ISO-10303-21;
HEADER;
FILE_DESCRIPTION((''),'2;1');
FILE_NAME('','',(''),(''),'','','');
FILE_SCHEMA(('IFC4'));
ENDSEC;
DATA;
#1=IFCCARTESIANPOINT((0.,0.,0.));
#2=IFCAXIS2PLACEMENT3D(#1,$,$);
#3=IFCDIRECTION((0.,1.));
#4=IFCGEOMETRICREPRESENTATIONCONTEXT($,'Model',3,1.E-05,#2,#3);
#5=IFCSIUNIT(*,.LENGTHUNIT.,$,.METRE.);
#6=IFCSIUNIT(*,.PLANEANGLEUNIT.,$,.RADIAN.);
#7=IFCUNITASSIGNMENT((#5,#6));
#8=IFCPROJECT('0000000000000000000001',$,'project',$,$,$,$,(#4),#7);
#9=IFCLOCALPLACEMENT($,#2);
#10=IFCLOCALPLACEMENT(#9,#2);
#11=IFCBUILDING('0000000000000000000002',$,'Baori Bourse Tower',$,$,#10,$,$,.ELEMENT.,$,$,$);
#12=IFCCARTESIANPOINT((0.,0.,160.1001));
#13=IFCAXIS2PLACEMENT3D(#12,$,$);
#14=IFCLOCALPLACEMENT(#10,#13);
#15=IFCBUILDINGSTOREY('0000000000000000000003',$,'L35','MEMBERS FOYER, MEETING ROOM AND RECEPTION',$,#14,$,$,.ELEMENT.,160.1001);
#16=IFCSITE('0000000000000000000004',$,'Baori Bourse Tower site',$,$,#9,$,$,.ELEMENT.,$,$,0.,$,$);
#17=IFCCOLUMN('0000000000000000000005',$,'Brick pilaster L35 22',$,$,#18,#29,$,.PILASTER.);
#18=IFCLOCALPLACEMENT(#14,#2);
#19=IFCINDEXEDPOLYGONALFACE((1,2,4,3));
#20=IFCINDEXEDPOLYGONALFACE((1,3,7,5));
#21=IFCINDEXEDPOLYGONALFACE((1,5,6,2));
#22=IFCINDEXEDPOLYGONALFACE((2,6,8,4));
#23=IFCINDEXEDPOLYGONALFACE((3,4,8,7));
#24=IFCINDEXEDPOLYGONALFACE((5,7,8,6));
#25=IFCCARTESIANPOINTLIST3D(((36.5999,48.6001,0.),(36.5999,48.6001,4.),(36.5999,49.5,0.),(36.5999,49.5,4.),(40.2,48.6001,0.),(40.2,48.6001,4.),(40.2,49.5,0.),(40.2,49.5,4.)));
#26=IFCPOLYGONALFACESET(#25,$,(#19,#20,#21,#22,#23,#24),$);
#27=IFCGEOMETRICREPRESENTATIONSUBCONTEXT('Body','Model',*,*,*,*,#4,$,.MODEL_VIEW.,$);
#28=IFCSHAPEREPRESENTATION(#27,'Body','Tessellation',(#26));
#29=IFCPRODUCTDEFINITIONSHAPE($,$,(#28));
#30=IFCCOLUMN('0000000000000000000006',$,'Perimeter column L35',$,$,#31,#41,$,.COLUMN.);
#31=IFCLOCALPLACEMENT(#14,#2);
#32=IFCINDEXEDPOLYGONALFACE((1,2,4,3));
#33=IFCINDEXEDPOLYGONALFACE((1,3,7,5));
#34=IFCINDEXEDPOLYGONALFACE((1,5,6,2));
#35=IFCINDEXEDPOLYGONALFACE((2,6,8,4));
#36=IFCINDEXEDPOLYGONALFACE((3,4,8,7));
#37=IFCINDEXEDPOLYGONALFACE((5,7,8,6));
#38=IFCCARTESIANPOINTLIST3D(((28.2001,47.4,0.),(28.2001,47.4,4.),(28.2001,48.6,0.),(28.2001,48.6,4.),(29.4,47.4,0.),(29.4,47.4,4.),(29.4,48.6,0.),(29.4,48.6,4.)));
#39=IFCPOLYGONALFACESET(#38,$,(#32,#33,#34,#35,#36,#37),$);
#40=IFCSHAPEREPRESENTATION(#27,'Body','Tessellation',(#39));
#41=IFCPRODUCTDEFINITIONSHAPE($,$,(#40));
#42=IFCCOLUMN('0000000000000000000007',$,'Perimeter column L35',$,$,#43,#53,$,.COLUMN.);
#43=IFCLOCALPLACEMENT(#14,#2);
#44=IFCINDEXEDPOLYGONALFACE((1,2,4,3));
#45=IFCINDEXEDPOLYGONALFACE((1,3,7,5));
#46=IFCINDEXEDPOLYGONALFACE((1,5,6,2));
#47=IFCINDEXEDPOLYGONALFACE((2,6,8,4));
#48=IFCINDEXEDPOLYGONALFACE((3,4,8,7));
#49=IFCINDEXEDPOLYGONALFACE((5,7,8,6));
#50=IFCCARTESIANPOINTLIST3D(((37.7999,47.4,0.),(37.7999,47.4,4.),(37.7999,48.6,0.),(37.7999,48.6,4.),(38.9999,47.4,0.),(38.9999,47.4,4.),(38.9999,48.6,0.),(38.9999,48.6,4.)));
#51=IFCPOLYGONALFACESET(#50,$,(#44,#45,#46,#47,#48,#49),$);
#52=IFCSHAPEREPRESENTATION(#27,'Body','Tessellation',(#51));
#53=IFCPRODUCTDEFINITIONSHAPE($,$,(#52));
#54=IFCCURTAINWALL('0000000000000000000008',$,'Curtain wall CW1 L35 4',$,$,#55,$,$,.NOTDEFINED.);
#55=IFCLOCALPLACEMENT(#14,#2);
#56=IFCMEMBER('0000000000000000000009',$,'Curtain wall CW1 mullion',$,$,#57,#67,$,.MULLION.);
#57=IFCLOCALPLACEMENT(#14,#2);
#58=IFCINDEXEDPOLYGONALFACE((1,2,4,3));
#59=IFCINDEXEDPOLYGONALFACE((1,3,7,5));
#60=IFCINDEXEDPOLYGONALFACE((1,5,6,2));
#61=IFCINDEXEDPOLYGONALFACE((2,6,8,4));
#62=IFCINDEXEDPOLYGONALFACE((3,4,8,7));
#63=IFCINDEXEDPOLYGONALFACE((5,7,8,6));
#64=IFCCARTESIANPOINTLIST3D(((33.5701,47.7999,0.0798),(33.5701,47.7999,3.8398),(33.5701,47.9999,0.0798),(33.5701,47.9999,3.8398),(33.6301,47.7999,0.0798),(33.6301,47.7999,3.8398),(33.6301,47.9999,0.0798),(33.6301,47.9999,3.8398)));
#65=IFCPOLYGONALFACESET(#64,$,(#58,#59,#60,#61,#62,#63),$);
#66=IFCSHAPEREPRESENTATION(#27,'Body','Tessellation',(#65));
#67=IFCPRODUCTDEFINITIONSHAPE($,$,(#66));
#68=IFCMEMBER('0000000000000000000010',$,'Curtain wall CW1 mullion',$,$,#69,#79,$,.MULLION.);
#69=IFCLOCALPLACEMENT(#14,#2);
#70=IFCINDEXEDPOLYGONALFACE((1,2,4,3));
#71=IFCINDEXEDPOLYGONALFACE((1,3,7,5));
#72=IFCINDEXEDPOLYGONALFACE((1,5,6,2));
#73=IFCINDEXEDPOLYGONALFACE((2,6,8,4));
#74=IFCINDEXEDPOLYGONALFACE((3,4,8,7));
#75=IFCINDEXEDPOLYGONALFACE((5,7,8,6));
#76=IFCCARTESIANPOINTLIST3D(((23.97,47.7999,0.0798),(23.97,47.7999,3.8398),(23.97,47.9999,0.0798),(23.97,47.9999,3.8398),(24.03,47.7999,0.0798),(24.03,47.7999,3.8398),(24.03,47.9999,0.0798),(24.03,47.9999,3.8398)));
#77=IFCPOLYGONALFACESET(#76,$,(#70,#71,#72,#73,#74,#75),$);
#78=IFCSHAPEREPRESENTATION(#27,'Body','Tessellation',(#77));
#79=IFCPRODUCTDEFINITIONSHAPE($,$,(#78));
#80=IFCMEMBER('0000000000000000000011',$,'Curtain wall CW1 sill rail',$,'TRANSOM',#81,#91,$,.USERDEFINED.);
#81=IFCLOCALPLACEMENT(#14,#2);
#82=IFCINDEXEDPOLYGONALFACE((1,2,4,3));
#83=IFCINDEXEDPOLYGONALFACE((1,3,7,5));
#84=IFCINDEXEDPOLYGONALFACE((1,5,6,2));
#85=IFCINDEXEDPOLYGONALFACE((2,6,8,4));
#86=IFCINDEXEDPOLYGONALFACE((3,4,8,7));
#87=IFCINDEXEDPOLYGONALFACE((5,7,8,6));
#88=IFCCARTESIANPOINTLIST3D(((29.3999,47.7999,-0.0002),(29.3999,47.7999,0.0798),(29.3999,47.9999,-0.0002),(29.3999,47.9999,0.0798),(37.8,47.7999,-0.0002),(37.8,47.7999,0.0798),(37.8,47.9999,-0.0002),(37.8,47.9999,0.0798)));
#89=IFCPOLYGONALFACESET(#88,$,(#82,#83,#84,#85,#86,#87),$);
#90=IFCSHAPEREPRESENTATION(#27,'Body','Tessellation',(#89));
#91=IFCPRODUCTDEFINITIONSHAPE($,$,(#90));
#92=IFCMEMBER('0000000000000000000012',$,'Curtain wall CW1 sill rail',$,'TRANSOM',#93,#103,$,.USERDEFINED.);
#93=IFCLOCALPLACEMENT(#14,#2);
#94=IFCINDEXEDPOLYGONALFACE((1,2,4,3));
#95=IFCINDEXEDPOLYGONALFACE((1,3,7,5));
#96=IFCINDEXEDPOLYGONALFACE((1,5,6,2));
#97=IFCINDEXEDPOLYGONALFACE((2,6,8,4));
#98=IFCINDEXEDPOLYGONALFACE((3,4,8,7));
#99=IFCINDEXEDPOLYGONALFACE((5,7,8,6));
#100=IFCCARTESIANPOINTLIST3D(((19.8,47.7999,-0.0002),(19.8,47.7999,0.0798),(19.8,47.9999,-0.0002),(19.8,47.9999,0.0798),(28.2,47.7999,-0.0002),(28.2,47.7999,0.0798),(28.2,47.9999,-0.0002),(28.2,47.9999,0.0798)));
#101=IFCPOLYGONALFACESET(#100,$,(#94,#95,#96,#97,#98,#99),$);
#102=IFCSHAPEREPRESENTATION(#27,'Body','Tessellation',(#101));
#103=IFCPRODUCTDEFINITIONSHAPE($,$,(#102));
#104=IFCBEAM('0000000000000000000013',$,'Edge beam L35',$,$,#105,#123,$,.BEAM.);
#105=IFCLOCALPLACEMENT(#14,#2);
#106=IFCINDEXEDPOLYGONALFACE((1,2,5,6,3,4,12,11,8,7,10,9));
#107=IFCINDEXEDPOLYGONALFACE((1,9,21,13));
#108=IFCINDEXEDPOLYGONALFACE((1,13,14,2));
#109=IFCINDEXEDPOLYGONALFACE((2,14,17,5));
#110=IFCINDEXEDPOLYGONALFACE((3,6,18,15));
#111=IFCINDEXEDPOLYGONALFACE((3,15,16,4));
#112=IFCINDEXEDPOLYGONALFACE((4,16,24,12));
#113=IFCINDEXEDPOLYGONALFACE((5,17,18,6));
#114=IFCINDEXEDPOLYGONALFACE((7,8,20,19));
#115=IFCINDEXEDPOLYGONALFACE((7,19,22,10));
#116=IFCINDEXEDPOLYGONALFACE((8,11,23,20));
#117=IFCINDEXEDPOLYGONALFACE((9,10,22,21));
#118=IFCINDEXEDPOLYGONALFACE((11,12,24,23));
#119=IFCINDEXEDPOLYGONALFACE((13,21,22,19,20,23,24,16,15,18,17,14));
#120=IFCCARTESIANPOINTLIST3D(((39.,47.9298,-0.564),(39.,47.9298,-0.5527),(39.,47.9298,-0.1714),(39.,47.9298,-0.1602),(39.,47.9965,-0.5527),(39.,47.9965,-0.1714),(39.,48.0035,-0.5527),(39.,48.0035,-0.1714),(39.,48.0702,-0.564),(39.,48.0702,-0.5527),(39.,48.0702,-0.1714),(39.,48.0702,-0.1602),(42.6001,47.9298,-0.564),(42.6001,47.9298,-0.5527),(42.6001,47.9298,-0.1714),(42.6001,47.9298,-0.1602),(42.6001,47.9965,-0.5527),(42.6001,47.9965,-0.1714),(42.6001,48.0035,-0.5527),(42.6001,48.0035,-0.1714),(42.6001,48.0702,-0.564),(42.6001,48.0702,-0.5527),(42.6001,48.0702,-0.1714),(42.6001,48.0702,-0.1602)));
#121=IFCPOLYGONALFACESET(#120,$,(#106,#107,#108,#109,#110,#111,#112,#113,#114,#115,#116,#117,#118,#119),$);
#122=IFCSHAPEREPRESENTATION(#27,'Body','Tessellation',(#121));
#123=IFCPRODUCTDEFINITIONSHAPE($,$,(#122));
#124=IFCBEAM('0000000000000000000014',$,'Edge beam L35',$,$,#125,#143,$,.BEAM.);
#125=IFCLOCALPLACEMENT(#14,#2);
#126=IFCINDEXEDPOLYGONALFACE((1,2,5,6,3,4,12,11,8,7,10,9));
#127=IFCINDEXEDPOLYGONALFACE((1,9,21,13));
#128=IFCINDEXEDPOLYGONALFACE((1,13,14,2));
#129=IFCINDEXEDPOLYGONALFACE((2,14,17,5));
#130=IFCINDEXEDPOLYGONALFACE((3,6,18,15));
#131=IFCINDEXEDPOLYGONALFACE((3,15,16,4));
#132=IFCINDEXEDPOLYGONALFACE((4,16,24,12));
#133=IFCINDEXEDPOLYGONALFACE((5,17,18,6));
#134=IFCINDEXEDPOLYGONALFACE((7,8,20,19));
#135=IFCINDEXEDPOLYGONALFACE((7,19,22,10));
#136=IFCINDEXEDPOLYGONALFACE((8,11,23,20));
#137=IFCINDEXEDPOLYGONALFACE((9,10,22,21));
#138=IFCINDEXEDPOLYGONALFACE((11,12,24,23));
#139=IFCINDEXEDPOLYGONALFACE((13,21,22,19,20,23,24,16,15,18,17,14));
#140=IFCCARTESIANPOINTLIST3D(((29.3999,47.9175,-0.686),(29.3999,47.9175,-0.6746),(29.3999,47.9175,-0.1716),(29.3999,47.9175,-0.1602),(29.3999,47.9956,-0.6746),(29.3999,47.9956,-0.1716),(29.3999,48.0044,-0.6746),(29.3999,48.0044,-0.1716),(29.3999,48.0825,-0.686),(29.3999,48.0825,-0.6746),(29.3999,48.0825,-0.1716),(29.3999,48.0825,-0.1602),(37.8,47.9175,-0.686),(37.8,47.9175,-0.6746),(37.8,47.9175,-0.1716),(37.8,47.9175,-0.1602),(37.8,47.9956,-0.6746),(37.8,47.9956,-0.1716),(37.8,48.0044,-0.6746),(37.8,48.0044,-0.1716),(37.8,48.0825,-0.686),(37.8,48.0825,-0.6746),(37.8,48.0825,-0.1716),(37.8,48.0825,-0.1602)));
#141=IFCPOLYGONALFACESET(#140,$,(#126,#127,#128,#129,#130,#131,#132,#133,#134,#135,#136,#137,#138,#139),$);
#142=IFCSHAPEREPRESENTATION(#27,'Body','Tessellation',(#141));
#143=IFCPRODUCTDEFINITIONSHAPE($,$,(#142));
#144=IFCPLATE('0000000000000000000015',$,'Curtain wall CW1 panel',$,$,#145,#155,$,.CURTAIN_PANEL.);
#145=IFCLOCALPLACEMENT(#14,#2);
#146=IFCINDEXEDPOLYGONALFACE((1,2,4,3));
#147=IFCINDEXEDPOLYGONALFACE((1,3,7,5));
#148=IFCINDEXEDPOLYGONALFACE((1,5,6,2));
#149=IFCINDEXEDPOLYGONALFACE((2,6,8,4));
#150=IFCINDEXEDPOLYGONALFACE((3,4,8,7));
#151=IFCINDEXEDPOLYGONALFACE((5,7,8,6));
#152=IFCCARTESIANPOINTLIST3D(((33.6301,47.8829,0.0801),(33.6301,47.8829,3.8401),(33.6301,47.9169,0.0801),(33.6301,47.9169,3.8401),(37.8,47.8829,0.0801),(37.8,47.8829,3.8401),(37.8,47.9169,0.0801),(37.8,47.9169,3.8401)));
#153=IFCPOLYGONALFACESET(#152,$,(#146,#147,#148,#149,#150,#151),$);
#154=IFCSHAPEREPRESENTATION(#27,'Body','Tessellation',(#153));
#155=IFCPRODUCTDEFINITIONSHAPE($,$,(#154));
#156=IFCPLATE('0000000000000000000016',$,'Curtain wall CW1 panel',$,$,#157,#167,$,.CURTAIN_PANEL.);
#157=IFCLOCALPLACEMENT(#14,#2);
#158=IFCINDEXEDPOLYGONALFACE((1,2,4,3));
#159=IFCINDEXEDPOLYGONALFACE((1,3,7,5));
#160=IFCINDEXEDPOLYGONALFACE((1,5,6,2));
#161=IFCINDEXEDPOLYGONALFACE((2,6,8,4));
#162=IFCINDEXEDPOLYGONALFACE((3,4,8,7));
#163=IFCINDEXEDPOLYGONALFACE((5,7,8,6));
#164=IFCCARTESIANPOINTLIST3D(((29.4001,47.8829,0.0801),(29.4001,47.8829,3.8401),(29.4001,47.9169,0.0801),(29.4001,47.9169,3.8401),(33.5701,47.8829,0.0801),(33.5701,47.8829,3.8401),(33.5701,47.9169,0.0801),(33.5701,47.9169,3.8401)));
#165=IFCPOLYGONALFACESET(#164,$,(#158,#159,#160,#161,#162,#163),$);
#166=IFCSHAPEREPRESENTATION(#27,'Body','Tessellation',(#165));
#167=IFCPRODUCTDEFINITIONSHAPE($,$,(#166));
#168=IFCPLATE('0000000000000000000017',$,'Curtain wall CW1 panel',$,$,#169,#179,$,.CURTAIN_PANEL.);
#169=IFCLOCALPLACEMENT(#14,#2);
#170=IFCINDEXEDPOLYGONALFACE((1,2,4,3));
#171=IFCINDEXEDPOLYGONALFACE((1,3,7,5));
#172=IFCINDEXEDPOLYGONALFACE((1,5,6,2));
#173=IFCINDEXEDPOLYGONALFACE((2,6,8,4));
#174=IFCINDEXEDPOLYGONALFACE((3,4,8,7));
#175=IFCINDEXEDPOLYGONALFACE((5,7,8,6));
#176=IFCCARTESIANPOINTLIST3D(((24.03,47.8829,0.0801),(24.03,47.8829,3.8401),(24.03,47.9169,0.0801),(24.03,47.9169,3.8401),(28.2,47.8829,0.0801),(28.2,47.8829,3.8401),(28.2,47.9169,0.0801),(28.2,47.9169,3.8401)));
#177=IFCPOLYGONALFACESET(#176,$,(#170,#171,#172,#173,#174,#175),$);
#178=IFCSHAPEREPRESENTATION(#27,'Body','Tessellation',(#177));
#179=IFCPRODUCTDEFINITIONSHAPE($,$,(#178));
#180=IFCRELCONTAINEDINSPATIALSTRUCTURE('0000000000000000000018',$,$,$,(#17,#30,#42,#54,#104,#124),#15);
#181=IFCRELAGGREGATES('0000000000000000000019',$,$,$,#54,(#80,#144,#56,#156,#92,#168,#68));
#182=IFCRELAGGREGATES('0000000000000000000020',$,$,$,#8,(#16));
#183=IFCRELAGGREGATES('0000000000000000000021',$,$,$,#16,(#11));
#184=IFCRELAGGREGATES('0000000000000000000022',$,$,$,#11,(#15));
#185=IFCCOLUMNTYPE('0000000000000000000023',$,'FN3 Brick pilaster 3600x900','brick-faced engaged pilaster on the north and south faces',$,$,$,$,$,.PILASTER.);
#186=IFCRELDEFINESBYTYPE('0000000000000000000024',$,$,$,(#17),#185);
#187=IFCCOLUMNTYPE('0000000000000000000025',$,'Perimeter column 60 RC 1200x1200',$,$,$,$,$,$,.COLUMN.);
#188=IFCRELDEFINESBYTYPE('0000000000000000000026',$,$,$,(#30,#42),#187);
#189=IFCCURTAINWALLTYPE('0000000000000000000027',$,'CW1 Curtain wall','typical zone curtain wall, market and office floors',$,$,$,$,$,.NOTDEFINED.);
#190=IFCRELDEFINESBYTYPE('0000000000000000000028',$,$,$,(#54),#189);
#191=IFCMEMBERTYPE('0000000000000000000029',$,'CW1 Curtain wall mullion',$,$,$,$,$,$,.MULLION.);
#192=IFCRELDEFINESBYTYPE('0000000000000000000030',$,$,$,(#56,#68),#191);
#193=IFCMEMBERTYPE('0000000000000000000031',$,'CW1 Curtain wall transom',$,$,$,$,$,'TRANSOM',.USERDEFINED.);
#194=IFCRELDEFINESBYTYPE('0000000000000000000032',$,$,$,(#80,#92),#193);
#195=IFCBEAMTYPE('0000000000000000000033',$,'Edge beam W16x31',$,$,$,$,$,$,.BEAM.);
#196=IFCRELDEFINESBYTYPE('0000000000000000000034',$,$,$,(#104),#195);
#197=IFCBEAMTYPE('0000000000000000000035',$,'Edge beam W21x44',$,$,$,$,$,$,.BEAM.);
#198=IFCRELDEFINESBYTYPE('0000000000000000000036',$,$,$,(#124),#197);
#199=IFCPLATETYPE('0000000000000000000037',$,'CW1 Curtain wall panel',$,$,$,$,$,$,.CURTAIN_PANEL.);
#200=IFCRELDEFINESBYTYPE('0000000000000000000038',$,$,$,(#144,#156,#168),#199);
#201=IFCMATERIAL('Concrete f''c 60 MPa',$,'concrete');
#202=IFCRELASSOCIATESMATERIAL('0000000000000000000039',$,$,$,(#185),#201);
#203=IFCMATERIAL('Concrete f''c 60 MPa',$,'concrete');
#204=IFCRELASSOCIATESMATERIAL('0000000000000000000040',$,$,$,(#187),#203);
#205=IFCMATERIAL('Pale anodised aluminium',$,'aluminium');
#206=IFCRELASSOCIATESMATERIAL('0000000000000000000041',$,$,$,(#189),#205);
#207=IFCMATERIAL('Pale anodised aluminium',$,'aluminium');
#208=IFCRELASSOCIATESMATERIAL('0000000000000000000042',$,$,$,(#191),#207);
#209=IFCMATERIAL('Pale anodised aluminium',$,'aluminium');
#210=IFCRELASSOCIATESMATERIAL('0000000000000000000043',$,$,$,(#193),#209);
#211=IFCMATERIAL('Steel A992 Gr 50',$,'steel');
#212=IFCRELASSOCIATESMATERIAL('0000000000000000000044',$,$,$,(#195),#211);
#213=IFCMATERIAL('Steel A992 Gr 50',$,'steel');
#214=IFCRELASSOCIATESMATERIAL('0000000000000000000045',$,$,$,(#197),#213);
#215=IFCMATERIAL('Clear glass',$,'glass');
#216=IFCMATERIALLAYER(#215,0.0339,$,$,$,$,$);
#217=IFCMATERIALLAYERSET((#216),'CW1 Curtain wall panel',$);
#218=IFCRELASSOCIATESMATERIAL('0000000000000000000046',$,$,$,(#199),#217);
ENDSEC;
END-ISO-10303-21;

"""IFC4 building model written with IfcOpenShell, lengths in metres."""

from ifc_helpers import new_model, si_unit, direction, frame, origin, origin_2d, place, context, subcontext, project, spatial, rectangle, i_section, extrude, material, layer, layer_set, material_profile, profile_set, type_object, element, aggregate, save


model = new_model("IFC4")

# Units and contexts
model_context = context("Model", 3, precision=1e-05, world=origin(), true_north=direction((0.0, 1.0)))
body_context = subcontext(model_context, "Body", "Model", "MODEL_VIEW")
ifc_project = project(units=[si_unit("LENGTHUNIT", "METRE"), si_unit("PLANEANGLEUNIT", "RADIAN")], contexts=[model_context])

# Site, building, storey
site_placement = place(None, origin())
site = spatial("IfcSite", under=ifc_project, at=site_placement, Name="Baori Bourse Tower site", CompositionType="ELEMENT", RefElevation=0.0)
building_placement = place(site_placement, origin())
building = spatial("IfcBuilding", under=site, at=building_placement, Name="Baori Bourse Tower", CompositionType="ELEMENT")
storey_placement = place(building_placement, frame((0.0, 0.0, 160.1001)))
storey = spatial("IfcBuildingStorey", under=building, at=storey_placement, Name="L35", Description="MEMBERS FOYER, MEETING ROOM AND RECEPTION", CompositionType="ELEMENT", Elevation=160.1001)

# Columns
ifc_material_1 = material(Name="Concrete f'c 60 MPa", Category="concrete")
ifc_material_profile_1 = material_profile(ifc_material_1, rectangle(XDim=3.6001, YDim=0.8999, at=origin_2d()), Name="RC 3600x900")
ifc_profile_set_1 = profile_set([ifc_material_profile_1], Name="Concrete f'c 60 MPa")
column_type_1 = type_object("IfcColumnType", Name="FN3 Brick pilaster 3600x900", Description="brick-faced engaged pilaster on the north and south faces", PredefinedType="PILASTER", material=ifc_profile_set_1)
column_placement = place(storey_placement, frame((38.3999, 49.05, 0.0), z_axis=(0.0, 0.0, 1.0), x_axis=(1.0, 0.0, 0.0)))
element("IfcColumn", 1, at=column_placement, inside=storey, type_object=column_type_1, Name="Brick pilaster L35 22", PredefinedType="PILASTER", context=body_context, shape_type="SweptSolid", body=[
    extrude(rectangle(XDim=3.6001, YDim=0.8999, at=origin_2d()), origin(), (0.0, 0.0, 1.0), 4.0),
])
ifc_material_2 = material(Name="Concrete f'c 60 MPa", Category="concrete")
ifc_material_profile_2 = material_profile(ifc_material_2, rectangle(XDim=1.2, YDim=1.2, at=origin_2d()), Name="RC 1200x1200")
ifc_profile_set_2 = profile_set([ifc_material_profile_2], Name="Concrete f'c 60 MPa")
column_type_2 = type_object("IfcColumnType", Name="Perimeter column 60 RC 1200x1200", PredefinedType="COLUMN", material=ifc_profile_set_2)
for number, where, z_axis, x_axis, name in (
    (2, (28.8, 48.0, 0.0), (0.0, 0.0, 1.0), (1.0, 0.0, 0.0), "Perimeter column L35"),
    (3, (38.3999, 48.0, 0.0), (0.0, 0.0, 1.0), (1.0, 0.0, 0.0), "Perimeter column L35"),
):
    element("IfcColumn", number, at=place(storey_placement, frame(where, z_axis=z_axis, x_axis=x_axis)), inside=storey, type_object=column_type_2, Name=name, PredefinedType="COLUMN", context=body_context, shape_type="SweptSolid", body=[
        extrude(rectangle(XDim=1.2, YDim=1.2, at=origin_2d()), origin(), (0.0, 0.0, 1.0), 4.0),
    ])

# Curtain wall, members
ifc_material_3 = material(Name="Pale anodised aluminium", Category="aluminium")
curtain_wall_type = type_object("IfcCurtainWallType", Name="CW1 Curtain wall", Description="typical zone curtain wall, market and office floors", PredefinedType="NOTDEFINED", material=ifc_material_3)
curtain_wall_placement = place(storey_placement, origin())
curtain_wall = element("IfcCurtainWall", 4, at=curtain_wall_placement, inside=storey, type_object=curtain_wall_type, Name="Curtain wall CW1 L35 4", PredefinedType="NOTDEFINED")
ifc_material_4 = material(Name="Pale anodised aluminium", Category="aluminium")
ifc_material_profile_3 = material_profile(ifc_material_4, rectangle(XDim=0.2, YDim=0.0601, at=origin_2d()), Name="Mullion 60x200")
ifc_profile_set_3 = profile_set([ifc_material_profile_3], Name="Pale anodised aluminium")
member_type_1 = type_object("IfcMemberType", Name="CW1 Curtain wall mullion", PredefinedType="MULLION", material=ifc_profile_set_3)
member_1_placement = place(storey_placement, frame((33.6001, 47.8999, 0.0798), z_axis=(0.0, 0.0, 1.0), x_axis=(0.0, -1.0, 0.0)))
member_1 = element("IfcMember", 5, at=member_1_placement, type_object=member_type_1, Name="Curtain wall CW1 mullion", PredefinedType="MULLION", context=body_context, shape_type="SweptSolid", body=[
    extrude(rectangle(XDim=0.2, YDim=0.0601, at=origin_2d()), origin(), (0.0, 0.0, 1.0), 3.76),
])
member_2_placement = place(storey_placement, frame((24.0, 47.8999, 0.0798), z_axis=(0.0, 0.0, 1.0), x_axis=(0.0, -1.0, 0.0)))
member_2 = element("IfcMember", 6, at=member_2_placement, type_object=member_type_1, Name="Curtain wall CW1 mullion", PredefinedType="MULLION", context=body_context, shape_type="SweptSolid", body=[
    extrude(rectangle(XDim=0.2, YDim=0.0601, at=origin_2d()), origin(), (0.0, 0.0, 1.0), 3.76),
])
ifc_material_5 = material(Name="Pale anodised aluminium", Category="aluminium")
ifc_material_profile_4 = material_profile(ifc_material_5, rectangle(XDim=0.2, YDim=0.0801, at=origin_2d()), Name="Transom 80x200")
ifc_profile_set_4 = profile_set([ifc_material_profile_4], Name="Pale anodised aluminium")
member_type_2 = type_object("IfcMemberType", Name="CW1 Curtain wall transom", ElementType="TRANSOM", PredefinedType="USERDEFINED", material=ifc_profile_set_4)
member_3_placement = place(storey_placement, frame((37.8, 47.8999, 0.0398), z_axis=(-1.0, 0.0, 0.0), x_axis=(0.0, -1.0, 0.0)))
member_3 = element("IfcMember", 7, at=member_3_placement, type_object=member_type_2, Name="Curtain wall CW1 sill rail", ObjectType="TRANSOM", PredefinedType="USERDEFINED", context=body_context, shape_type="SweptSolid", body=[
    extrude(rectangle(XDim=0.2, YDim=0.0801, at=origin_2d()), origin(), (0.0, 0.0, 1.0), 8.4001),
])
member_4_placement = place(storey_placement, frame((28.2, 47.8999, 0.0398), z_axis=(-1.0, 0.0, 0.0), x_axis=(0.0, -1.0, 0.0)))
member_4 = element("IfcMember", 8, at=member_4_placement, type_object=member_type_2, Name="Curtain wall CW1 sill rail", ObjectType="TRANSOM", PredefinedType="USERDEFINED", context=body_context, shape_type="SweptSolid", body=[
    extrude(rectangle(XDim=0.2, YDim=0.0801, at=origin_2d()), origin(), (0.0, 0.0, 1.0), 8.3999),
])

# Beams
ifc_material_6 = material(Name="Steel A992 Gr 50", Category="steel")
ifc_material_profile_5 = material_profile(ifc_material_6, i_section(OverallWidth=0.1404, OverallDepth=0.4038, WebThickness=0.0071, FlangeThickness=0.0112, at=origin_2d()), Name="W16x31")
ifc_profile_set_5 = profile_set([ifc_material_profile_5], Name="Steel A992 Gr 50")
beam_type_1 = type_object("IfcBeamType", Name="Edge beam W16x31", PredefinedType="BEAM", material=ifc_profile_set_5)
beam_1_placement = place(storey_placement, frame((39.0, 48.0, -0.3621), z_axis=(1.0, 0.0, 0.0), x_axis=(0.0, 1.0, 0.0)))
element("IfcBeam", 9, at=beam_1_placement, inside=storey, type_object=beam_type_1, Name="Edge beam L35", PredefinedType="BEAM", context=body_context, shape_type="SweptSolid", body=[
    extrude(i_section(OverallWidth=0.1404, OverallDepth=0.4038, WebThickness=0.0071, FlangeThickness=0.0112, at=origin_2d()), origin(), (0.0, 0.0, 1.0), 3.6001),
])
ifc_material_7 = material(Name="Steel A992 Gr 50", Category="steel")
ifc_material_profile_6 = material_profile(ifc_material_7, i_section(OverallWidth=0.165, OverallDepth=0.5259, WebThickness=0.0088, FlangeThickness=0.0115, at=origin_2d()), Name="W21x44")
ifc_profile_set_6 = profile_set([ifc_material_profile_6], Name="Steel A992 Gr 50")
beam_type_2 = type_object("IfcBeamType", Name="Edge beam W21x44", PredefinedType="BEAM", material=ifc_profile_set_6)
beam_2_placement = place(storey_placement, frame((29.3999, 48.0, -0.4231), z_axis=(1.0, 0.0, 0.0), x_axis=(0.0, 1.0, 0.0)))
element("IfcBeam", 10, at=beam_2_placement, inside=storey, type_object=beam_type_2, Name="Edge beam L35", PredefinedType="BEAM", context=body_context, shape_type="SweptSolid", body=[
    extrude(i_section(OverallWidth=0.165, OverallDepth=0.5259, WebThickness=0.0088, FlangeThickness=0.0115, at=origin_2d()), origin(), (0.0, 0.0, 1.0), 8.4001),
])

# Plates
ifc_material_8 = material(Name="Clear glass", Category="glass")
ifc_layer_1 = layer(ifc_material_8, 0.0339)
ifc_layer_set_1 = layer_set([ifc_layer_1], Name="CW1 Curtain wall panel")
plate_type = type_object("IfcPlateType", Name="CW1 Curtain wall panel", PredefinedType="CURTAIN_PANEL", material=ifc_layer_set_1)
plate_1_placement = place(storey_placement, frame((35.7151, 47.8999, 0.0801), z_axis=(0.0, 0.0, 1.0), x_axis=(-1.0, 0.0, 0.0)))
plate_1 = element("IfcPlate", 11, at=plate_1_placement, type_object=plate_type, Name="Curtain wall CW1 panel", PredefinedType="CURTAIN_PANEL", context=body_context, shape_type="SweptSolid", body=[
    extrude(rectangle(XDim=4.1699, YDim=0.0339, at=origin_2d()), origin(), (0.0, 0.0, 1.0), 3.76),
])
plate_2_placement = place(storey_placement, frame((31.4851, 47.8999, 0.0801), z_axis=(0.0, 0.0, 1.0), x_axis=(-1.0, 0.0, 0.0)))
plate_2 = element("IfcPlate", 12, at=plate_2_placement, type_object=plate_type, Name="Curtain wall CW1 panel", PredefinedType="CURTAIN_PANEL", context=body_context, shape_type="SweptSolid", body=[
    extrude(rectangle(XDim=4.1699, YDim=0.0339, at=origin_2d()), origin(), (0.0, 0.0, 1.0), 3.76),
])
plate_3_placement = place(storey_placement, frame((26.115, 47.8999, 0.0801), z_axis=(0.0, 0.0, 1.0), x_axis=(-1.0, 0.0, 0.0)))
plate_3 = element("IfcPlate", 13, at=plate_3_placement, type_object=plate_type, Name="Curtain wall CW1 panel", PredefinedType="CURTAIN_PANEL", context=body_context, shape_type="SweptSolid", body=[
    extrude(rectangle(XDim=4.1699, YDim=0.0339, at=origin_2d()), origin(), (0.0, 0.0, 1.0), 3.76),
])
aggregate(curtain_wall, [member_3, plate_1, member_1, plate_2, member_4, plate_3, member_2])

save(model, "model.ifc")
